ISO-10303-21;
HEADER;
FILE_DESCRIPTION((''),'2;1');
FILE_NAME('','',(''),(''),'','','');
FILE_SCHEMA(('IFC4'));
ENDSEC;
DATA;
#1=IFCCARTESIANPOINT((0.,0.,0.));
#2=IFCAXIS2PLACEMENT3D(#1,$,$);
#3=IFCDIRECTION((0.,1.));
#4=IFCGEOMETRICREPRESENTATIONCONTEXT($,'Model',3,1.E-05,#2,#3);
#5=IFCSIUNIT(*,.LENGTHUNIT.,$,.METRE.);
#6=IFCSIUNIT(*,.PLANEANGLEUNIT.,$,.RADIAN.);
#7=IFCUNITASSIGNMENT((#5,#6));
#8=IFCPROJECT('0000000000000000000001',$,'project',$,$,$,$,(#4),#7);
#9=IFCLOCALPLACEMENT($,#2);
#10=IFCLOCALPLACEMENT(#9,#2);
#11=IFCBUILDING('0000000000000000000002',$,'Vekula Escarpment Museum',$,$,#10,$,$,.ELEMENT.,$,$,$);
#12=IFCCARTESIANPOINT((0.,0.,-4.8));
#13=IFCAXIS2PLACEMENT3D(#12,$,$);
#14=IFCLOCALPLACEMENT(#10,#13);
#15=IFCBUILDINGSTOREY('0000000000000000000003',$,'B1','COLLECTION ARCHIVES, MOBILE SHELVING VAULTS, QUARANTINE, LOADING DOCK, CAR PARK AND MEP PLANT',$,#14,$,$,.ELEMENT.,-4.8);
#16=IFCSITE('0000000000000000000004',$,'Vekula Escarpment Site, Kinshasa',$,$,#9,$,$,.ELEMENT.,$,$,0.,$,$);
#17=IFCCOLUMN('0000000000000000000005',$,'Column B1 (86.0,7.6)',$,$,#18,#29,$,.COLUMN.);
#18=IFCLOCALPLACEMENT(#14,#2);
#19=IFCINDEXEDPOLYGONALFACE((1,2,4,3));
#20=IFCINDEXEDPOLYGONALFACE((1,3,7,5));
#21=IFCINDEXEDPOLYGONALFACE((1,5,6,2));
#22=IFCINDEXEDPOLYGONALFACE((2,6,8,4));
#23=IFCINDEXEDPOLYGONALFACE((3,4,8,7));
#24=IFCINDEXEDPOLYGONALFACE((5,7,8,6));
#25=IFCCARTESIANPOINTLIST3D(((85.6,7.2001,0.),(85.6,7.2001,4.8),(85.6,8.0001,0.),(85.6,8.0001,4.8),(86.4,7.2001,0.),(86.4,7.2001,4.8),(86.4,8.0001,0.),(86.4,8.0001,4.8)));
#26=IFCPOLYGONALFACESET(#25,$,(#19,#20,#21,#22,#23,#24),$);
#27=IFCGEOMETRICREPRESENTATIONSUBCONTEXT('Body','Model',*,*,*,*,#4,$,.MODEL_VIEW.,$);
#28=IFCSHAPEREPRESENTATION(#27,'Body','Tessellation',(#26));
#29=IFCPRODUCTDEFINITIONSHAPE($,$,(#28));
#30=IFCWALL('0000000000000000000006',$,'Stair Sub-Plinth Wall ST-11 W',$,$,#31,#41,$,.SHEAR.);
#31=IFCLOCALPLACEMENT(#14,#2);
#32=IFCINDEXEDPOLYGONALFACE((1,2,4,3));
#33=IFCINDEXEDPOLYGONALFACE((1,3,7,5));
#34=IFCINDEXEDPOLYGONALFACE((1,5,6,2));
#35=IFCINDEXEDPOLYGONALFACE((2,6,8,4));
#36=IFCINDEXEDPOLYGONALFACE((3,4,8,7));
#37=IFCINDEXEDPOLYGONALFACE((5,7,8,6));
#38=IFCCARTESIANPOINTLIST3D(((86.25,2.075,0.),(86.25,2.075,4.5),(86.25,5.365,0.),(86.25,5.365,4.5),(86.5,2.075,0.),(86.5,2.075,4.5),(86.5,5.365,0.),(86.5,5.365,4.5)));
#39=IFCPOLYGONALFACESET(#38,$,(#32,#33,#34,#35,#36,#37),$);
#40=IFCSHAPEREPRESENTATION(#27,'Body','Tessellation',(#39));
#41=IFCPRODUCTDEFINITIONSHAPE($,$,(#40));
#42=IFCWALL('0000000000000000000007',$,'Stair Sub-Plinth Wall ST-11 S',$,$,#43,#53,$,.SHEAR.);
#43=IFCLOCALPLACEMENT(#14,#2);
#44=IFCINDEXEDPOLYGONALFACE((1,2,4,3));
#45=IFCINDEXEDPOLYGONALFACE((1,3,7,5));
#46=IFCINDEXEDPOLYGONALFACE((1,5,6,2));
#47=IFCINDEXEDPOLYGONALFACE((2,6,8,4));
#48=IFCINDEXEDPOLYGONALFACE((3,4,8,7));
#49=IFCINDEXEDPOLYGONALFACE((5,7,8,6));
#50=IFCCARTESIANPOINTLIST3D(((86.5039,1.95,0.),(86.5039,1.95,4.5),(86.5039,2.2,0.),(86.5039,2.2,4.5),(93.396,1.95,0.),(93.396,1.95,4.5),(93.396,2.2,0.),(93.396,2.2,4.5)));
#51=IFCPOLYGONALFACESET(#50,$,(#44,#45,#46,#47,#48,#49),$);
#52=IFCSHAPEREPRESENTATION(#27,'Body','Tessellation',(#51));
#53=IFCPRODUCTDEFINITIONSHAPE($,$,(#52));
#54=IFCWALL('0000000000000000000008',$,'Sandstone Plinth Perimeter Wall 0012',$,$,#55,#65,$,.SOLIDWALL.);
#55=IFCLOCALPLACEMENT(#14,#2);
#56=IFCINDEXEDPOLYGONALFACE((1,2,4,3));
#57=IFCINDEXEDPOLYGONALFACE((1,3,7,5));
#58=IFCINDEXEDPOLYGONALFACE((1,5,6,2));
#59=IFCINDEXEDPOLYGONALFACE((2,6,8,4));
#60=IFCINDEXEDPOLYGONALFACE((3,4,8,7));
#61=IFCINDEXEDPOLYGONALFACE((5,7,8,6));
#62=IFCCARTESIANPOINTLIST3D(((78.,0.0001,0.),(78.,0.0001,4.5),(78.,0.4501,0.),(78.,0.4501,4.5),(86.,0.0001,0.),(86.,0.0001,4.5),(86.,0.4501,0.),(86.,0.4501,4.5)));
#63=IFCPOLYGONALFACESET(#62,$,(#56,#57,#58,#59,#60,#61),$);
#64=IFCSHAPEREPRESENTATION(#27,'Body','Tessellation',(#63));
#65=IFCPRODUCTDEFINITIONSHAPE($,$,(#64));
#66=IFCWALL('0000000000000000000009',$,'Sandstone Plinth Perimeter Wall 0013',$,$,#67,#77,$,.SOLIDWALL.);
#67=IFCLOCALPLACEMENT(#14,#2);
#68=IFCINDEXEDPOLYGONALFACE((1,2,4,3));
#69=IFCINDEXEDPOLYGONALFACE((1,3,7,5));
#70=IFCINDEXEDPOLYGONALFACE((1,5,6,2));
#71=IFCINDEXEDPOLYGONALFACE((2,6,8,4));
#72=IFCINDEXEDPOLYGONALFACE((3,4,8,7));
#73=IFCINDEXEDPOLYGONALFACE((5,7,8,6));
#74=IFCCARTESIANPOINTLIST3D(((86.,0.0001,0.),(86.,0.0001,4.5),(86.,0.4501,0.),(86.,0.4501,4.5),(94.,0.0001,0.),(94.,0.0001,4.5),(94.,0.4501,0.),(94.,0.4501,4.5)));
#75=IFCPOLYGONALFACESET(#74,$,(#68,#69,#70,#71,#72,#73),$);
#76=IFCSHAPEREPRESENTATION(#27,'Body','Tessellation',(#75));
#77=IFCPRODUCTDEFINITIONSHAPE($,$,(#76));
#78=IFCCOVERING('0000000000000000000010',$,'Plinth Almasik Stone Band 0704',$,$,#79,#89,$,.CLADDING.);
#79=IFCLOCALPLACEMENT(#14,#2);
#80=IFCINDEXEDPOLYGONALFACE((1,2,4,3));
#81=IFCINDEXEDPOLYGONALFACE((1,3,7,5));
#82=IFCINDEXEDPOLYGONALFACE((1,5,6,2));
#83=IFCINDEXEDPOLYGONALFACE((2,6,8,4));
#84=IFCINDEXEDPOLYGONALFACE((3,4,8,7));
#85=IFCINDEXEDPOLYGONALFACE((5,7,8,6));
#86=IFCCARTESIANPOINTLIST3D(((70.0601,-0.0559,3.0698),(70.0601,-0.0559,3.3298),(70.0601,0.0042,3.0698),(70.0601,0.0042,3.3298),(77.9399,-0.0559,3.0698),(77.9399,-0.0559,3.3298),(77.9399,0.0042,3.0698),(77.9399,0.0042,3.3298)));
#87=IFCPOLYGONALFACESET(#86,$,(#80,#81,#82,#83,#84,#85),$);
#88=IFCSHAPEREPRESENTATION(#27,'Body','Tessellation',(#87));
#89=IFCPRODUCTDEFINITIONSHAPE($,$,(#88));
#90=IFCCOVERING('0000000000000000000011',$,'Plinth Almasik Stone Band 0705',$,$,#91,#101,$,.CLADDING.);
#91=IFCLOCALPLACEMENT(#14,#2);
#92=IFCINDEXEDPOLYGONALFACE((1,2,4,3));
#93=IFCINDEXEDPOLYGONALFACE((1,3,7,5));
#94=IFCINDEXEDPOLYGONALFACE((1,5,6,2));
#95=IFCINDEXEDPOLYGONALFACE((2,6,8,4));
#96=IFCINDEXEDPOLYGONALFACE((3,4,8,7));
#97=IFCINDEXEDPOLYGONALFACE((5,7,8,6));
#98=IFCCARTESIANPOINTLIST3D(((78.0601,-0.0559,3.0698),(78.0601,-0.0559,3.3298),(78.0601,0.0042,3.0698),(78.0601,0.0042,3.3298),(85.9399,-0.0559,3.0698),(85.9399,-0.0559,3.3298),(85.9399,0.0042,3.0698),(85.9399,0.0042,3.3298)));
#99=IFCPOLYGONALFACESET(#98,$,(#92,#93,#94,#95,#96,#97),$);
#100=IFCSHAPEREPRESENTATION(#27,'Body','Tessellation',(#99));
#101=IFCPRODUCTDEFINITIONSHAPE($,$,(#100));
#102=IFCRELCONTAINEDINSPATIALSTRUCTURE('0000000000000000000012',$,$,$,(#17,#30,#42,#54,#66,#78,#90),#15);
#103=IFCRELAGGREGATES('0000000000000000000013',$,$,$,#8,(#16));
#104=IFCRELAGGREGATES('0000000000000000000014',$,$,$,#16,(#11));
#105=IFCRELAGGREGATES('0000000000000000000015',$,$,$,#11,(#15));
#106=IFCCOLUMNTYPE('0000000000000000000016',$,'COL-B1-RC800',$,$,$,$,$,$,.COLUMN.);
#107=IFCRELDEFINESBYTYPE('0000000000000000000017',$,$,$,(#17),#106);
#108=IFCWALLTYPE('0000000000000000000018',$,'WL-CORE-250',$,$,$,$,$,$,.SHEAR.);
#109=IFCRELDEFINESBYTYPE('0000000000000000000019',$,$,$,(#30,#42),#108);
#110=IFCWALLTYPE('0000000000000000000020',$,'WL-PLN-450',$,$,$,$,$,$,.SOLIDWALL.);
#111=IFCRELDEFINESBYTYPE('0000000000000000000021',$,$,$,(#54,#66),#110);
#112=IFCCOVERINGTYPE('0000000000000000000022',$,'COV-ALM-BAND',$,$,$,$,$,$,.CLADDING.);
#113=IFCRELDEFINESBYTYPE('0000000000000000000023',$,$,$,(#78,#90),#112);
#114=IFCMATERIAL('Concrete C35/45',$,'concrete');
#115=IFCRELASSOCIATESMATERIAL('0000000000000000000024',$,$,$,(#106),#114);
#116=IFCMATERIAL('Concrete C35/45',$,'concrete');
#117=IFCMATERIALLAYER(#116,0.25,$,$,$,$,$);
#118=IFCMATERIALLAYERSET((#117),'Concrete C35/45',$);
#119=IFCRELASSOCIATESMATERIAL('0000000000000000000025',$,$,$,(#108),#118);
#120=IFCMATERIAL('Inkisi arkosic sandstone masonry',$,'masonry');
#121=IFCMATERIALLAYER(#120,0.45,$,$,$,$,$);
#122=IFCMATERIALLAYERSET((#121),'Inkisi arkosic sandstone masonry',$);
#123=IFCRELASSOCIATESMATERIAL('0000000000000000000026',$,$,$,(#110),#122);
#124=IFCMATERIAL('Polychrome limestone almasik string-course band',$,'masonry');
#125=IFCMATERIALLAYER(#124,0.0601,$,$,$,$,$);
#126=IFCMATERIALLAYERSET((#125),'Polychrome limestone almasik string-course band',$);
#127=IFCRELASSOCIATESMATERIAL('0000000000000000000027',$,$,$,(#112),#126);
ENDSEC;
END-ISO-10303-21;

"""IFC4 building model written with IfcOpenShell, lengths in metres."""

from ifc_helpers import new_model, si_unit, direction, frame, frame_2d, origin, origin_2d, place, context, subcontext, project, spatial, rectangle, extrude, material, layer, layer_set, material_profile, profile_set, type_object, element, save


model = new_model("IFC4")

# Units and contexts
model_context = context("Model", 3, precision=1e-05, world=origin(), true_north=direction((0.0, 1.0)))
body_context = subcontext(model_context, "Body", "Model", "MODEL_VIEW")
ifc_project = project(units=[si_unit("LENGTHUNIT", "METRE"), si_unit("PLANEANGLEUNIT", "RADIAN")], contexts=[model_context])

# Site, building, storey
site_placement = place(None, origin())
site = spatial("IfcSite", under=ifc_project, at=site_placement, Name="Vekula Escarpment Site, Kinshasa", CompositionType="ELEMENT", RefElevation=0.0)
building_placement = place(site_placement, origin())
building = spatial("IfcBuilding", under=site, at=building_placement, Name="Vekula Escarpment Museum", CompositionType="ELEMENT")
storey_placement = place(building_placement, frame((0.0, 0.0, -4.8)))
storey = spatial("IfcBuildingStorey", under=building, at=storey_placement, Name="B1", Description="COLLECTION ARCHIVES, MOBILE SHELVING VAULTS, QUARANTINE, LOADING DOCK, CAR PARK AND MEP PLANT", CompositionType="ELEMENT", Elevation=-4.8)

# Column
ifc_material_1 = material(Name="Concrete C35/45", Category="concrete")
ifc_material_profile_1 = material_profile(ifc_material_1, rectangle(XDim=0.8, YDim=0.8, at=origin_2d()), Name="RC 800x800")
ifc_profile_set_1 = profile_set([ifc_material_profile_1], Name="Concrete C35/45")
column_type_1 = type_object("IfcColumnType", Name="COL-B1-RC800", PredefinedType="COLUMN", material=ifc_profile_set_1)
for number, where, z_axis, x_axis, name in (
    (1, (86.0, 7.6001, 0.0), (0.0, 0.0, 1.0), (1.0, 0.0, 0.0), "Column B1 (86.0,7.6)"),
):
    element("IfcColumn", number, at=place(storey_placement, frame(where, z_axis=z_axis, x_axis=x_axis)), inside=storey, type_object=column_type_1, Name=name, PredefinedType="COLUMN", context=body_context, shape_type="SweptSolid", body=[
        extrude(rectangle(XDim=0.8, YDim=0.8, at=origin_2d()), origin(), (0.0, 0.0, 1.0), 4.8),
    ])

# Walls
ifc_material_2 = material(Name="Concrete C35/45", Category="concrete")
ifc_layer_1 = layer(ifc_material_2, 0.25)
ifc_layer_set_1 = layer_set([ifc_layer_1], Name="Concrete C35/45")
wall_type_1 = type_object("IfcWallType", Name="WL-CORE-250", PredefinedType="SHEAR", material=ifc_layer_set_1)
wall_1_placement = place(storey_placement, frame((86.375, 2.075, 0.0), z_axis=(0.0, 0.0, 1.0), x_axis=(0.0, 1.0, 0.0)))
element("IfcWall", 2, at=wall_1_placement, inside=storey, type_object=wall_type_1, Name="Stair Sub-Plinth Wall ST-11 W", PredefinedType="SHEAR", context=body_context, shape_type="SweptSolid", body=[
    extrude(rectangle(XDim=3.29, YDim=0.25, at=frame_2d((1.645, 0.0))), origin(), (0.0, 0.0, 1.0), 4.5),
])
wall_2_placement = place(storey_placement, frame((86.5039, 2.075, 0.0), z_axis=(0.0, 0.0, 1.0), x_axis=(1.0, 0.0, 0.0)))
element("IfcWall", 3, at=wall_2_placement, inside=storey, type_object=wall_type_1, Name="Stair Sub-Plinth Wall ST-11 S", PredefinedType="SHEAR", context=body_context, shape_type="SweptSolid", body=[
    extrude(rectangle(XDim=6.8921, YDim=0.25, at=frame_2d((3.446, 0.0))), origin(), (0.0, 0.0, 1.0), 4.5),
])
ifc_material_3 = material(Name="Inkisi arkosic sandstone masonry", Category="masonry")
ifc_layer_2 = layer(ifc_material_3, 0.45)
ifc_layer_set_2 = layer_set([ifc_layer_2], Name="Inkisi arkosic sandstone masonry")
wall_type_2 = type_object("IfcWallType", Name="WL-PLN-450", PredefinedType="SOLIDWALL", material=ifc_layer_set_2)
for number, where, z_axis, x_axis, name in (
    (4, (78.0, 0.2251, 0.0), (0.0, 0.0, 1.0), (1.0, 0.0, 0.0), "Sandstone Plinth Perimeter Wall 0012"),
    (5, (86.0, 0.2251, 0.0), (0.0, 0.0, 1.0), (1.0, 0.0, 0.0), "Sandstone Plinth Perimeter Wall 0013"),
):
    element("IfcWall", number, at=place(storey_placement, frame(where, z_axis=z_axis, x_axis=x_axis)), inside=storey, type_object=wall_type_2, Name=name, PredefinedType="SOLIDWALL", context=body_context, shape_type="SweptSolid", body=[
        extrude(rectangle(XDim=8.0, YDim=0.45, at=frame_2d((4.0, 0.0))), origin(), (0.0, 0.0, 1.0), 4.5),
    ])

# Coverings
ifc_material_4 = material(Name="Polychrome limestone almasik string-course band", Category="masonry")
ifc_layer_3 = layer(ifc_material_4, 0.0601)
ifc_layer_set_3 = layer_set([ifc_layer_3], Name="Polychrome limestone almasik string-course band")
covering_type = type_object("IfcCoveringType", Name="COV-ALM-BAND", PredefinedType="CLADDING", material=ifc_layer_set_3)
for number, where, z_axis, x_axis, name in (
    (6, (74.0, -0.0259, 3.0698), (0.0, 0.0, 1.0), (1.0, 0.0, 0.0), "Plinth Almasik Stone Band 0704"),
    (7, (82.0, -0.0259, 3.0698), (0.0, 0.0, 1.0), (1.0, 0.0, 0.0), "Plinth Almasik Stone Band 0705"),
):
    element("IfcCovering", number, at=place(storey_placement, frame(where, z_axis=z_axis, x_axis=x_axis)), inside=storey, type_object=covering_type, Name=name, PredefinedType="CLADDING", context=body_context, shape_type="SweptSolid", body=[
        extrude(rectangle(XDim=7.8799, YDim=0.0601, at=origin_2d()), origin(), (0.0, 0.0, 1.0), 0.26),
    ])

save(model, "model.ifc")
